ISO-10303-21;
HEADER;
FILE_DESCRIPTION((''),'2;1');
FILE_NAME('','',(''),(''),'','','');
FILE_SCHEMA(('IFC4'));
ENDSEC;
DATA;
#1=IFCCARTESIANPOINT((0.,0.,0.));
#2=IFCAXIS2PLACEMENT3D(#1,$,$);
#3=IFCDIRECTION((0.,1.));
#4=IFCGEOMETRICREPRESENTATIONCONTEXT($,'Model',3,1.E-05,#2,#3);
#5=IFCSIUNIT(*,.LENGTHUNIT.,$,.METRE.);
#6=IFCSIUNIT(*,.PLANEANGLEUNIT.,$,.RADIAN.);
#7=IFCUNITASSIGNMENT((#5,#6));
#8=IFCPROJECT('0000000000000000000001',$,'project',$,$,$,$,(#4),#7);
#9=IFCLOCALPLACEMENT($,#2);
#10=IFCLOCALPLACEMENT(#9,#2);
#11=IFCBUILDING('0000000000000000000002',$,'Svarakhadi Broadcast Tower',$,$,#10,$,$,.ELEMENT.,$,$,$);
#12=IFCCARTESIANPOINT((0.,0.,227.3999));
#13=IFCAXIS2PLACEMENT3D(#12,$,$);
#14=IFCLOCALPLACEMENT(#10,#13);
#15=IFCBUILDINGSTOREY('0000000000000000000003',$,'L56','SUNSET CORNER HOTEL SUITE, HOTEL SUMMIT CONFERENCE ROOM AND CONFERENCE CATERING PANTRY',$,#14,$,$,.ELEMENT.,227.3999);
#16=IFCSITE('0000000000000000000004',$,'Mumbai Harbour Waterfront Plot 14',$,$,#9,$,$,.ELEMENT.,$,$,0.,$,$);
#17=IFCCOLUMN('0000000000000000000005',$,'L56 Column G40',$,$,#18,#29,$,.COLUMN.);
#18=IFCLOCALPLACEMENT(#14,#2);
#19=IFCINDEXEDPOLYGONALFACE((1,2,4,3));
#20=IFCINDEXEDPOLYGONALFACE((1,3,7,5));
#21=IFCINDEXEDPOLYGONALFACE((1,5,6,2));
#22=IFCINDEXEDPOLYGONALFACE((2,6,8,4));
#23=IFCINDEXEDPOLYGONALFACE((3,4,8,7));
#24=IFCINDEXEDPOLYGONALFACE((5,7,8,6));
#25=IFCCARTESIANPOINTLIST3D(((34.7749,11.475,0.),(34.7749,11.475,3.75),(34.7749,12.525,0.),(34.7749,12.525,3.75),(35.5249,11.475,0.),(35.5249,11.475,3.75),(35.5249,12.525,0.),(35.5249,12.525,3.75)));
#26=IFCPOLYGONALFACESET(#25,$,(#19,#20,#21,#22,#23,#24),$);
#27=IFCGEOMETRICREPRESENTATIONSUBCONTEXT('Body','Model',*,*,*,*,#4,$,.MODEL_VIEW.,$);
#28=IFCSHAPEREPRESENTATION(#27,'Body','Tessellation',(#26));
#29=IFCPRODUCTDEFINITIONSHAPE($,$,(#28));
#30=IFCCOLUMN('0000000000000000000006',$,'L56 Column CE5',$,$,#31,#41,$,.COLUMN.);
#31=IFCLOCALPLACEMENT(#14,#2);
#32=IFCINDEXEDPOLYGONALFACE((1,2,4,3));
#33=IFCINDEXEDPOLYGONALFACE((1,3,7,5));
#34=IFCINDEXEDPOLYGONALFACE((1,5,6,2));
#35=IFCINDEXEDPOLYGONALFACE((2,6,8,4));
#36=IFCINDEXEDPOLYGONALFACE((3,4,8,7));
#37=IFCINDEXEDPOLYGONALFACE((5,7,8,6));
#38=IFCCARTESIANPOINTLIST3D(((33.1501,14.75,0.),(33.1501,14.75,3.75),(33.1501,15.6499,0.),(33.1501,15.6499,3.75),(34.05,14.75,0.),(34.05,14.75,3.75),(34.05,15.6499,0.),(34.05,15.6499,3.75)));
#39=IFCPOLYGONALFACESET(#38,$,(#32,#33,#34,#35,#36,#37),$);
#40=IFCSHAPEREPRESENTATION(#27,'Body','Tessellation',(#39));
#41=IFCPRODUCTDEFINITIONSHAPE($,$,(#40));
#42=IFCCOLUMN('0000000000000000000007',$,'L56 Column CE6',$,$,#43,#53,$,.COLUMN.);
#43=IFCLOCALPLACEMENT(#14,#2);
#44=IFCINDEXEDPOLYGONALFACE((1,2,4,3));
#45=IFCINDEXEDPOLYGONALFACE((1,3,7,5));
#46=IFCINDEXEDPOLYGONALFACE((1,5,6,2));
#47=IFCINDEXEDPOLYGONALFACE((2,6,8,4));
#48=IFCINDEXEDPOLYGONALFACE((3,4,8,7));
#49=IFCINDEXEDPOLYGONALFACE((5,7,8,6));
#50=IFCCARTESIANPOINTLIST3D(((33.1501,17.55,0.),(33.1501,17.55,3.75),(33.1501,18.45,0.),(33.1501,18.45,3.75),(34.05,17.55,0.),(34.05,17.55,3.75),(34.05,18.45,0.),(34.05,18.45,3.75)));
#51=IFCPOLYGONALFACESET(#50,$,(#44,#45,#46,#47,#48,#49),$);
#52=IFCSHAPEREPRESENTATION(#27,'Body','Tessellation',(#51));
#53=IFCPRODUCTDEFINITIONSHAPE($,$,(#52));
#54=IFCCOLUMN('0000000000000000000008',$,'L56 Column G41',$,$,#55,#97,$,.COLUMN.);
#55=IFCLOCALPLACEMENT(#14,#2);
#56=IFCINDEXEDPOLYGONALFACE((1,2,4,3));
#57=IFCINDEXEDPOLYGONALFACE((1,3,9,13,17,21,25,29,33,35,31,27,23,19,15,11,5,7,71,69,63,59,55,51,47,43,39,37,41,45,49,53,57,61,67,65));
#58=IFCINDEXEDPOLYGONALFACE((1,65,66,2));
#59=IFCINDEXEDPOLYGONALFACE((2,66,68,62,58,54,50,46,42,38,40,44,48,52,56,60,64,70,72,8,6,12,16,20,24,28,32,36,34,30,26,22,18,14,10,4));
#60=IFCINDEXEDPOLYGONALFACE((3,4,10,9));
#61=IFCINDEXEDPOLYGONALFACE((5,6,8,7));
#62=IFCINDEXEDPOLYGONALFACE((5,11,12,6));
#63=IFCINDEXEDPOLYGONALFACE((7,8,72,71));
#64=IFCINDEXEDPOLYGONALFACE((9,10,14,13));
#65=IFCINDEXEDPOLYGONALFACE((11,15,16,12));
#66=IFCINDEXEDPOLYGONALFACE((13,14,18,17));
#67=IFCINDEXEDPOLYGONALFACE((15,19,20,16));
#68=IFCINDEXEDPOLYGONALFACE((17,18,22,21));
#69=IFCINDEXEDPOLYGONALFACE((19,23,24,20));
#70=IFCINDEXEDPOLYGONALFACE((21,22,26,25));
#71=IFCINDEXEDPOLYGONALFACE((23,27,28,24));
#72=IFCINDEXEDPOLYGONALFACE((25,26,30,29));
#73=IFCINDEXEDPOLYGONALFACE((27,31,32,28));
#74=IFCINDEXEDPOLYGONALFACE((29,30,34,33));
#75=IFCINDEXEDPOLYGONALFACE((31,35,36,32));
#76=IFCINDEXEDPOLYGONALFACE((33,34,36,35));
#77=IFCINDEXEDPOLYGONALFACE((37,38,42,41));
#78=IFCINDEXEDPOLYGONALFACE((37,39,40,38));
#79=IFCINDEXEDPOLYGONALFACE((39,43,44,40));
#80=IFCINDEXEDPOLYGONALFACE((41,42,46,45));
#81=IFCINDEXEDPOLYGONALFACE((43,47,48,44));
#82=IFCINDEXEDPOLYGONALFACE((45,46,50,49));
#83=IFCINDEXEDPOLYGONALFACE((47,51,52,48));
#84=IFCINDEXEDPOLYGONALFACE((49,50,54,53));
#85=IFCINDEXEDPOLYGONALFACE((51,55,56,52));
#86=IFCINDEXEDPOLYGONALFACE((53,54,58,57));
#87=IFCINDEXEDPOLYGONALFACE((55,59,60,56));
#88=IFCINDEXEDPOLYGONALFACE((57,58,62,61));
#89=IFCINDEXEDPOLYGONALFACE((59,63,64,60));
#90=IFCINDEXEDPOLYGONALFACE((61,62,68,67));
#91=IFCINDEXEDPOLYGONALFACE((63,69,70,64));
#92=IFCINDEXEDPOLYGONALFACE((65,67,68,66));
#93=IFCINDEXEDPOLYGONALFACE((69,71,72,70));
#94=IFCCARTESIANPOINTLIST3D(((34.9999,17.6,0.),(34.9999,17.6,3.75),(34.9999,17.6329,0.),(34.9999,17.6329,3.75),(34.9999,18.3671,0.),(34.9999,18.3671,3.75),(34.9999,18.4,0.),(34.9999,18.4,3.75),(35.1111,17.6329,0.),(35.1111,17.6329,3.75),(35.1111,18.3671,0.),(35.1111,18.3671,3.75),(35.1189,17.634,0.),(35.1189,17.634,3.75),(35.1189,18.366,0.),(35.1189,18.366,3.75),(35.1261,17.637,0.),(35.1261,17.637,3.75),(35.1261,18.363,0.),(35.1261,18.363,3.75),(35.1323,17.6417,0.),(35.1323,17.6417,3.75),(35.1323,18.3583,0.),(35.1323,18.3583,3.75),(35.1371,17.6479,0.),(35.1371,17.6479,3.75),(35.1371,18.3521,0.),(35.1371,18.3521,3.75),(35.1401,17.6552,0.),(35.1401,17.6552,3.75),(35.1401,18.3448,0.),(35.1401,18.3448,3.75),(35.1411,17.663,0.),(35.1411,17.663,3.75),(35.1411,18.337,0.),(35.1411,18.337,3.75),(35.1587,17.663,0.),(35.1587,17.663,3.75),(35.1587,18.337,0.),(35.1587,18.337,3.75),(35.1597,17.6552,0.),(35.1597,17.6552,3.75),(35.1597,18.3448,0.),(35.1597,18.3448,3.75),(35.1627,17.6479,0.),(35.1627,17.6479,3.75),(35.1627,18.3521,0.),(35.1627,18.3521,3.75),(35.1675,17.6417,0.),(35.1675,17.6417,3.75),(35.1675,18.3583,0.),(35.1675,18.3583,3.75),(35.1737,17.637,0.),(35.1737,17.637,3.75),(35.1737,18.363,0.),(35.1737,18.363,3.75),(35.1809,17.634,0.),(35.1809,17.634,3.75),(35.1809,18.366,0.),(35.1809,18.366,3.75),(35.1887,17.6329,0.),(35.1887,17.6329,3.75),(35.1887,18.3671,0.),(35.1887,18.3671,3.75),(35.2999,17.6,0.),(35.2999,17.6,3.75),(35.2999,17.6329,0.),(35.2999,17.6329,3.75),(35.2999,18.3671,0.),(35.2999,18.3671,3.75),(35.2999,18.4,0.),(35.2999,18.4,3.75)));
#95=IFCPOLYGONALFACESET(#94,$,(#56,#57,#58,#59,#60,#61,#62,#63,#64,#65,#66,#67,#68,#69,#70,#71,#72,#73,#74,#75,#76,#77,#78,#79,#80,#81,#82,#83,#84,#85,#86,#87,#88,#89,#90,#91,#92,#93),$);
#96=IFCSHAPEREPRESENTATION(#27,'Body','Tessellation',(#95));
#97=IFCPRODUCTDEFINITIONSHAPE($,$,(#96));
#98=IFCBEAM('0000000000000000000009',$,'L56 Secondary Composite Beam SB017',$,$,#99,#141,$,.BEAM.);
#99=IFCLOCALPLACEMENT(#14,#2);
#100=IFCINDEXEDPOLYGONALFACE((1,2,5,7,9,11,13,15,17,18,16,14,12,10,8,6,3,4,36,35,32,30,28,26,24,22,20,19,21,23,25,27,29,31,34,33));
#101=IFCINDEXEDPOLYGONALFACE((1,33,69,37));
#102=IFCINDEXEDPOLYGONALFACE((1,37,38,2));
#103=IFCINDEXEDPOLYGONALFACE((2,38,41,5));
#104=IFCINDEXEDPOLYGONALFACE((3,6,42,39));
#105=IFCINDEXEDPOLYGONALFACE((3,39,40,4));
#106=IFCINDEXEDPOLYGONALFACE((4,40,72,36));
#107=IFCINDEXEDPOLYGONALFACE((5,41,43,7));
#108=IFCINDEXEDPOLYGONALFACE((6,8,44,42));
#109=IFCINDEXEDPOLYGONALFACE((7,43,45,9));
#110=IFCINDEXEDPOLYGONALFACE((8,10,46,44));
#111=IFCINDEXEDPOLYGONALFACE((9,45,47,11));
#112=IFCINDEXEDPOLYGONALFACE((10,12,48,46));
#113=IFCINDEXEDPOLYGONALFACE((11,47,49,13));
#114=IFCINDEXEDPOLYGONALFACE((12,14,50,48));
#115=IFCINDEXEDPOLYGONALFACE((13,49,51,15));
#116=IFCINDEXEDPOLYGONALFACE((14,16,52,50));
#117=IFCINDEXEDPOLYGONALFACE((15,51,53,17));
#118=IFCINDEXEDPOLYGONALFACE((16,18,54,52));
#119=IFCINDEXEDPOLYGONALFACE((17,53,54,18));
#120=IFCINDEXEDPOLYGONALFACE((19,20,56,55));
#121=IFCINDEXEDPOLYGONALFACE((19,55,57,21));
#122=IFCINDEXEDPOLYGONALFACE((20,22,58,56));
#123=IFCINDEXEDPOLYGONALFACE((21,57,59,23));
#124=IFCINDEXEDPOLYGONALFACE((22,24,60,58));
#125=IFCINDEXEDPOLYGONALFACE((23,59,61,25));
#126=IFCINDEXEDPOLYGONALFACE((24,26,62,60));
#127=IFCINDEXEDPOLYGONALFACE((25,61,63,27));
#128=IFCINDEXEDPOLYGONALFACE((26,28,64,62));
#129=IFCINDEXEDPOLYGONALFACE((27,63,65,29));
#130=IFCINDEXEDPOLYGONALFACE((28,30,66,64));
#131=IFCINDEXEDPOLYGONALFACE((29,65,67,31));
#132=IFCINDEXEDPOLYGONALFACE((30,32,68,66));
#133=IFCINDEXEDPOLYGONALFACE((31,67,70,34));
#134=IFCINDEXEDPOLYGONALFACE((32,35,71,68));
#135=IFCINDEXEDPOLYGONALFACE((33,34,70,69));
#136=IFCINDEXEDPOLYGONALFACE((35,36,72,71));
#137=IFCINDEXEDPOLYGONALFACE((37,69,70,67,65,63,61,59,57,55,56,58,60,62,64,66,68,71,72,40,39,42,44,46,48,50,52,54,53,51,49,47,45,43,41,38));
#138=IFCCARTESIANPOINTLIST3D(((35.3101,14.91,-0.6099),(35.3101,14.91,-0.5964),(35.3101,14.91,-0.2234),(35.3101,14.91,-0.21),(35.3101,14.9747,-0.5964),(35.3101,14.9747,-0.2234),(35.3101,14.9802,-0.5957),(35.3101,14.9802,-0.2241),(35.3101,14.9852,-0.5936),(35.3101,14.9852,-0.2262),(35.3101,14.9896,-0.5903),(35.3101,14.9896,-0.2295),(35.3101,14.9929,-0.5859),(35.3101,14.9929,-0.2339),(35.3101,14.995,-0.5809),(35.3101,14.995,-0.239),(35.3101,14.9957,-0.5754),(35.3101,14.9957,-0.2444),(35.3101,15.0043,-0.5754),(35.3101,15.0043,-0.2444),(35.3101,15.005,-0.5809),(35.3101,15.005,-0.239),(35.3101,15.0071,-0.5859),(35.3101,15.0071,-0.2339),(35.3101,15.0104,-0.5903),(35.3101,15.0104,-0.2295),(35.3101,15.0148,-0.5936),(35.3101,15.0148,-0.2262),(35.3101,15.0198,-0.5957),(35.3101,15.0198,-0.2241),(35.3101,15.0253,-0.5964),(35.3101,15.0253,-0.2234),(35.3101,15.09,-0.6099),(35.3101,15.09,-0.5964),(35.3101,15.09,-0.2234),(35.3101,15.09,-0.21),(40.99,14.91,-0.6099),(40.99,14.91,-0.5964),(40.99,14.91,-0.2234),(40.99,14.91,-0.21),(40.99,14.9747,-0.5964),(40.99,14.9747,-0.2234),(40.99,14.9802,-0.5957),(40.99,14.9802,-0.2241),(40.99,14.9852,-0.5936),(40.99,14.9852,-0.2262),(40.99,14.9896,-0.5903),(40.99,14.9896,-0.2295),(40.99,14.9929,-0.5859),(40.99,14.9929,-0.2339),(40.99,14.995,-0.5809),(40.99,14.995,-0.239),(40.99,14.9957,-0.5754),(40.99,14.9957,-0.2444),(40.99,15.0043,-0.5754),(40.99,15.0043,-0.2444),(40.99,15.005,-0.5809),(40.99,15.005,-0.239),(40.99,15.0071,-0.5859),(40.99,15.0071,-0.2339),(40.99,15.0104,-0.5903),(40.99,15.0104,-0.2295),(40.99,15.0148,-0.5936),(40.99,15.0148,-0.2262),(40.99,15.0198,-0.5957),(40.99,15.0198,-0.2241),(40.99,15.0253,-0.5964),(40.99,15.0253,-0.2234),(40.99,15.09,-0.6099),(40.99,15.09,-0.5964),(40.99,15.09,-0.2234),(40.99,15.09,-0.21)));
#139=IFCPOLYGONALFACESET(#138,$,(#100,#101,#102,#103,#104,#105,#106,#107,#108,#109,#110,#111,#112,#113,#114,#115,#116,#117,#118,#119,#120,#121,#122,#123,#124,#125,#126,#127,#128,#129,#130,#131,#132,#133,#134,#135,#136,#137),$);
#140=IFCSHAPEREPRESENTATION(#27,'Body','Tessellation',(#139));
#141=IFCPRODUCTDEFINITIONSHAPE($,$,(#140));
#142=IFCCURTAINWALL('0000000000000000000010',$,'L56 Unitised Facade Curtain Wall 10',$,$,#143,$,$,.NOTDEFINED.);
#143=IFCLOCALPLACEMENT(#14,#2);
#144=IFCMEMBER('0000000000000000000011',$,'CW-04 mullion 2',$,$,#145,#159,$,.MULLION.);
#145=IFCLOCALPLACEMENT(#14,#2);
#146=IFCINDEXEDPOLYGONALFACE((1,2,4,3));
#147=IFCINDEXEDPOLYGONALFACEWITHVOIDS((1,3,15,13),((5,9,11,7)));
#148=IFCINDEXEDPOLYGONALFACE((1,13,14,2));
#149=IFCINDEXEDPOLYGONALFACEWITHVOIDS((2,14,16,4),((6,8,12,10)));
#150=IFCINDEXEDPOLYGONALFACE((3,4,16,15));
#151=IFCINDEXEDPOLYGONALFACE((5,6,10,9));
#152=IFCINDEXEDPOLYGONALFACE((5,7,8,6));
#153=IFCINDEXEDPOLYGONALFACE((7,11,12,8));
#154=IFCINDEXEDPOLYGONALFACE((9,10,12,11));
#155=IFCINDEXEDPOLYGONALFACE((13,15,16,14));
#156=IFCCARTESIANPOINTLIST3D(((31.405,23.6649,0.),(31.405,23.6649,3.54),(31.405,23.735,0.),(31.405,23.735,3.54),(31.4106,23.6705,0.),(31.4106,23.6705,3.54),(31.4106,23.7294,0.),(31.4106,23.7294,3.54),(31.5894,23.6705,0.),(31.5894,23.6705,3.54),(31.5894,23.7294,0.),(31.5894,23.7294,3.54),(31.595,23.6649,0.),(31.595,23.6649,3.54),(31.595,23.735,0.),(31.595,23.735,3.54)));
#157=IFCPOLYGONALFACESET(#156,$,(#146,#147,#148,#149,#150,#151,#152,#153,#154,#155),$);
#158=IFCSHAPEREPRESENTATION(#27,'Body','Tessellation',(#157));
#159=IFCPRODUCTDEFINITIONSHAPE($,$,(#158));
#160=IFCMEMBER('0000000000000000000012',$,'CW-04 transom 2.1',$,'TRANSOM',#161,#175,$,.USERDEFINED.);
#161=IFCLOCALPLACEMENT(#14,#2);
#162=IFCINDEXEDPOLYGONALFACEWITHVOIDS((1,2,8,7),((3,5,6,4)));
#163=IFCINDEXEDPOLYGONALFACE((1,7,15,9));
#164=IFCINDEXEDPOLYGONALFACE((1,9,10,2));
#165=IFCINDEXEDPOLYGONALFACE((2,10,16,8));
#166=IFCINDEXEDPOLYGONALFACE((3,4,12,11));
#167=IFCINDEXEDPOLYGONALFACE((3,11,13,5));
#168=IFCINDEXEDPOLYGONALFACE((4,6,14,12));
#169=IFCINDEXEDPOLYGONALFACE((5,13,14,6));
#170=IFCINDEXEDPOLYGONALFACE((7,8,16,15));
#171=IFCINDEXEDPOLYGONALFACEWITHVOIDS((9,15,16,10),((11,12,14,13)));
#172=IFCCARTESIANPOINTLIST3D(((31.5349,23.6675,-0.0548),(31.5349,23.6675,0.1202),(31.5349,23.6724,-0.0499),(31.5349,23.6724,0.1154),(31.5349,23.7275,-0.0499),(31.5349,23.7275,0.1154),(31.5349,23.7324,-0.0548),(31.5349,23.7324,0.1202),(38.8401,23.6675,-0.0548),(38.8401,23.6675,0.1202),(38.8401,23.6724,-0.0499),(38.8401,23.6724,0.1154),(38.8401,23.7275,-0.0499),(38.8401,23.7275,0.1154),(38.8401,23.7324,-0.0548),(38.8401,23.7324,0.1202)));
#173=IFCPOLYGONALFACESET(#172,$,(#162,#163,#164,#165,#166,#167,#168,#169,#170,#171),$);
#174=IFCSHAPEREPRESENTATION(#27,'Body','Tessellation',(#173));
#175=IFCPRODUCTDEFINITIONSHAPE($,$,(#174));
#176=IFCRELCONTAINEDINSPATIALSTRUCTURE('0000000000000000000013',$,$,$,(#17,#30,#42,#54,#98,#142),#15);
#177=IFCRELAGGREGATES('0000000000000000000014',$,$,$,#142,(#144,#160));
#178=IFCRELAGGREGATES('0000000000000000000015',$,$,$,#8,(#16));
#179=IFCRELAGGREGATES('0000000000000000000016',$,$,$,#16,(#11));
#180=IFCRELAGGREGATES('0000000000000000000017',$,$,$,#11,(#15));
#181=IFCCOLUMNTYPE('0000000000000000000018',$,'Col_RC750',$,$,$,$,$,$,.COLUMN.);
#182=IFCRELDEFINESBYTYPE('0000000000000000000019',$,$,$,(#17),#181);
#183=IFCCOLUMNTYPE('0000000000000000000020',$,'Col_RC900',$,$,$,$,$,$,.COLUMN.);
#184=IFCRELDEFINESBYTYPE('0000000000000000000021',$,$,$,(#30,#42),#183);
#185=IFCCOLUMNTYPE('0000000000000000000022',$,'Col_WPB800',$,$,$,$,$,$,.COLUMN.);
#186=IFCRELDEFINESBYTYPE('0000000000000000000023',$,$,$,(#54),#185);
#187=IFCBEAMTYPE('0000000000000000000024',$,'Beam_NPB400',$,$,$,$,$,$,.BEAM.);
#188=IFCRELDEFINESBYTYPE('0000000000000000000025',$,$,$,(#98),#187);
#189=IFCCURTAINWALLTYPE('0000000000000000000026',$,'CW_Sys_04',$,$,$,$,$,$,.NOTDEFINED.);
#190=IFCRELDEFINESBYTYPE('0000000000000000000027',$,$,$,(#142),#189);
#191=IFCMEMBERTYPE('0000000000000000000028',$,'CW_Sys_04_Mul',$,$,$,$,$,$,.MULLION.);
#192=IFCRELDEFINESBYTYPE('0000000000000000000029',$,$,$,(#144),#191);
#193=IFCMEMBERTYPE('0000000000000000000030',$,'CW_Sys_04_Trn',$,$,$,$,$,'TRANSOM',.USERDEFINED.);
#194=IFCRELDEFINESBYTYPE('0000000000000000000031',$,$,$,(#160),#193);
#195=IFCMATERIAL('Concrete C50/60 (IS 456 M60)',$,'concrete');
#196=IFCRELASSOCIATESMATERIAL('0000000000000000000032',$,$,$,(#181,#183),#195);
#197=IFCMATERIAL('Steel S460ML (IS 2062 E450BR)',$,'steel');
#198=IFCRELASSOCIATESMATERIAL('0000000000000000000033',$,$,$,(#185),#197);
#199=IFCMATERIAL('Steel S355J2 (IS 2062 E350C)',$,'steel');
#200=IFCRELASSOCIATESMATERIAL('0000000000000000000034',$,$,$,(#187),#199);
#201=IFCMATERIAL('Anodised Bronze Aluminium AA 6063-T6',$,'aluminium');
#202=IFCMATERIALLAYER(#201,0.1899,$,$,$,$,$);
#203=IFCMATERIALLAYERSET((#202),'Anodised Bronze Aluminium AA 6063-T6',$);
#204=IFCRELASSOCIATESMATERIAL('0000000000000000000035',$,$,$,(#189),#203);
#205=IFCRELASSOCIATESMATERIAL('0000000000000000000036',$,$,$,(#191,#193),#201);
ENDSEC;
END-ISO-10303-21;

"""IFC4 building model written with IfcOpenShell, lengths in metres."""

from ifc_helpers import new_model, si_unit, direction, frame, origin, origin_2d, place, context, subcontext, project, spatial, rectangle, hollow_rectangle, i_section, extrude, material, layer, layer_set, material_profile, profile_set, type_object, element, aggregate, save


model = new_model("IFC4")

# Units and contexts
model_context = context("Model", 3, precision=1e-05, world=origin(), true_north=direction((0.0, 1.0)))
body_context = subcontext(model_context, "Body", "Model", "MODEL_VIEW")
ifc_project = project(units=[si_unit("LENGTHUNIT", "METRE"), si_unit("PLANEANGLEUNIT", "RADIAN")], contexts=[model_context])

# Site, building, storey
site_placement = place(None, origin())
site = spatial("IfcSite", under=ifc_project, at=site_placement, Name="Mumbai Harbour Waterfront Plot 14", CompositionType="ELEMENT", RefElevation=0.0)
building_placement = place(site_placement, origin())
building = spatial("IfcBuilding", under=site, at=building_placement, Name="Svarakhadi Broadcast Tower", CompositionType="ELEMENT")
storey_placement = place(building_placement, frame((0.0, 0.0, 227.3999)))
storey = spatial("IfcBuildingStorey", under=building, at=storey_placement, Name="L56", Description="SUNSET CORNER HOTEL SUITE, HOTEL SUMMIT CONFERENCE ROOM AND CONFERENCE CATERING PANTRY", CompositionType="ELEMENT", Elevation=227.3999)

# Columns
ifc_material_1 = material(Name="Concrete C50/60 (IS 456 M60)", Category="concrete")
ifc_material_profile_1 = material_profile(ifc_material_1, rectangle(XDim=0.75, YDim=1.05, at=origin_2d()), Name="RC 750x1050")
ifc_profile_set_1 = profile_set([ifc_material_profile_1], Name="Concrete C50/60 (IS 456 M60)")
column_type_1 = type_object("IfcColumnType", Name="Col_RC750", PredefinedType="COLUMN", material=ifc_profile_set_1)
column_1_placement = place(storey_placement, frame((35.1499, 12.0, 0.0), z_axis=(0.0, 0.0, 1.0), x_axis=(1.0, 0.0, 0.0)))
element("IfcColumn", 1, at=column_1_placement, inside=storey, type_object=column_type_1, Name="L56 Column G40", PredefinedType="COLUMN", context=body_context, shape_type="SweptSolid", body=[
    extrude(rectangle(XDim=0.75, YDim=1.05, at=origin_2d()), origin(), (0.0, 0.0, 1.0), 3.75),
])
ifc_material_profile_2 = material_profile(ifc_material_1, rectangle(XDim=0.8999, YDim=0.8999, at=origin_2d()), Name="RC 900x900")
ifc_profile_set_2 = profile_set([ifc_material_profile_2], Name="Concrete C50/60 (IS 456 M60)")
column_type_2 = type_object("IfcColumnType", Name="Col_RC900", PredefinedType="COLUMN", material=ifc_profile_set_2)
for number, where, z_axis, x_axis, name in (
    (2, (33.6001, 15.2, 0.0), (0.0, 0.0, 1.0), (1.0, 0.0, 0.0), "L56 Column CE5"),
    (3, (33.6001, 18.0, 0.0), (0.0, 0.0, 1.0), (1.0, 0.0, 0.0), "L56 Column CE6"),
):
    element("IfcColumn", number, at=place(storey_placement, frame(where, z_axis=z_axis, x_axis=x_axis)), inside=storey, type_object=column_type_2, Name=name, PredefinedType="COLUMN", context=body_context, shape_type="SweptSolid", body=[
        extrude(rectangle(XDim=0.8999, YDim=0.8999, at=origin_2d()), origin(), (0.0, 0.0, 1.0), 3.75),
    ])
ifc_material_2 = material(Name="Steel S460ML (IS 2062 E450BR)", Category="steel")
ifc_material_profile_3 = material_profile(ifc_material_2, i_section(OverallWidth=0.3, OverallDepth=0.8, WebThickness=0.0176, FlangeThickness=0.033, FilletRadius=0.03, at=origin_2d()), Name="WPB 800x300x262")
ifc_profile_set_3 = profile_set([ifc_material_profile_3], Name="Steel S460ML (IS 2062 E450BR)")
column_type_3 = type_object("IfcColumnType", Name="Col_WPB800", PredefinedType="COLUMN", material=ifc_profile_set_3)
column_2_placement = place(storey_placement, frame((35.1499, 18.0, 0.0), z_axis=(0.0, 0.0, 1.0), x_axis=(1.0, 0.0, 0.0)))
element("IfcColumn", 4, at=column_2_placement, inside=storey, type_object=column_type_3, Name="L56 Column G41", PredefinedType="COLUMN", context=body_context, shape_type="SweptSolid", body=[
    extrude(i_section(OverallWidth=0.3, OverallDepth=0.8, WebThickness=0.0176, FlangeThickness=0.033, FilletRadius=0.03, at=origin_2d()), origin(), (0.0, 0.0, 1.0), 3.75),
])

# Beam
ifc_material_3 = material(Name="Steel S355J2 (IS 2062 E350C)", Category="steel")
ifc_material_profile_4 = material_profile(ifc_material_3, i_section(OverallWidth=0.1799, OverallDepth=0.3999, WebThickness=0.0085, FlangeThickness=0.0134, FilletRadius=0.021, at=origin_2d()), Name="NPB 400x180x66")
ifc_profile_set_4 = profile_set([ifc_material_profile_4], Name="Steel S355J2 (IS 2062 E350C)")
beam_type_1 = type_object("IfcBeamType", Name="Beam_NPB400", PredefinedType="BEAM", material=ifc_profile_set_4)
beam_1_placement = place(storey_placement, frame((35.3101, 15.0, -0.4099), z_axis=(1.0, 0.0, 0.0), x_axis=(0.0, 1.0, 0.0)))
element("IfcBeam", 5, at=beam_1_placement, inside=storey, type_object=beam_type_1, Name="L56 Secondary Composite Beam SB017", PredefinedType="BEAM", context=body_context, shape_type="SweptSolid", body=[
    extrude(i_section(OverallWidth=0.1799, OverallDepth=0.3999, WebThickness=0.0085, FlangeThickness=0.0134, FilletRadius=0.021, at=origin_2d()), origin(), (0.0, 0.0, 1.0), 5.6799),
])

# Curtain wall, members
ifc_material_4 = material(Name="Anodised Bronze Aluminium AA 6063-T6", Category="aluminium")
ifc_layer_1 = layer(ifc_material_4, 0.1899)
ifc_layer_set_1 = layer_set([ifc_layer_1], Name="Anodised Bronze Aluminium AA 6063-T6")
curtain_wall_type = type_object("IfcCurtainWallType", Name="CW_Sys_04", PredefinedType="NOTDEFINED", material=ifc_layer_set_1)
curtain_wall_placement = place(storey_placement, origin())
curtain_wall = element("IfcCurtainWall", 6, at=curtain_wall_placement, inside=storey, type_object=curtain_wall_type, Name="L56 Unitised Facade Curtain Wall 10", PredefinedType="NOTDEFINED")
ifc_material_profile_5 = material_profile(ifc_material_4, hollow_rectangle(XDim=0.0701, YDim=0.1899, WallThickness=0.0056, at=origin_2d()), Name="ALU MULLION 190x70x6")
ifc_profile_set_5 = profile_set([ifc_material_profile_5], Name="Anodised Bronze Aluminium AA 6063-T6")
member_type_1 = type_object("IfcMemberType", Name="CW_Sys_04_Mul", PredefinedType="MULLION", material=ifc_profile_set_5)
member_1_placement = place(storey_placement, frame((31.5, 23.7, 0.0), z_axis=(0.0, 0.0, 1.0), x_axis=(0.0, 1.0, 0.0)))
member_1 = element("IfcMember", 7, at=member_1_placement, type_object=member_type_1, Name="CW-04 mullion 2", PredefinedType="MULLION", context=body_context, shape_type="SweptSolid", body=[
    extrude(hollow_rectangle(XDim=0.0701, YDim=0.1899, WallThickness=0.0056, at=origin_2d()), origin(), (0.0, 0.0, 1.0), 3.54),
])
ifc_material_profile_6 = material_profile(ifc_material_4, hollow_rectangle(XDim=0.0649, YDim=0.175, WallThickness=0.0049, at=origin_2d()), Name="ALU TRANSOM 175x65x5")
ifc_profile_set_6 = profile_set([ifc_material_profile_6], Name="Anodised Bronze Aluminium AA 6063-T6")
member_type_2 = type_object("IfcMemberType", Name="CW_Sys_04_Trn", ElementType="TRANSOM", PredefinedType="USERDEFINED", material=ifc_profile_set_6)
member_2_placement = place(storey_placement, frame((31.5349, 23.7, 0.0327), z_axis=(1.0, 0.0, 0.0), x_axis=(0.0, 1.0, 0.0)))
member_2 = element("IfcMember", 8, at=member_2_placement, type_object=member_type_2, Name="CW-04 transom 2.1", ObjectType="TRANSOM", PredefinedType="USERDEFINED", context=body_context, shape_type="SweptSolid", body=[
    extrude(hollow_rectangle(XDim=0.0649, YDim=0.175, WallThickness=0.0049, at=origin_2d()), origin(), (0.0, 0.0, 1.0), 7.3052),
])

aggregate(curtain_wall, [member_1, member_2])

save(model, "model.ifc")
